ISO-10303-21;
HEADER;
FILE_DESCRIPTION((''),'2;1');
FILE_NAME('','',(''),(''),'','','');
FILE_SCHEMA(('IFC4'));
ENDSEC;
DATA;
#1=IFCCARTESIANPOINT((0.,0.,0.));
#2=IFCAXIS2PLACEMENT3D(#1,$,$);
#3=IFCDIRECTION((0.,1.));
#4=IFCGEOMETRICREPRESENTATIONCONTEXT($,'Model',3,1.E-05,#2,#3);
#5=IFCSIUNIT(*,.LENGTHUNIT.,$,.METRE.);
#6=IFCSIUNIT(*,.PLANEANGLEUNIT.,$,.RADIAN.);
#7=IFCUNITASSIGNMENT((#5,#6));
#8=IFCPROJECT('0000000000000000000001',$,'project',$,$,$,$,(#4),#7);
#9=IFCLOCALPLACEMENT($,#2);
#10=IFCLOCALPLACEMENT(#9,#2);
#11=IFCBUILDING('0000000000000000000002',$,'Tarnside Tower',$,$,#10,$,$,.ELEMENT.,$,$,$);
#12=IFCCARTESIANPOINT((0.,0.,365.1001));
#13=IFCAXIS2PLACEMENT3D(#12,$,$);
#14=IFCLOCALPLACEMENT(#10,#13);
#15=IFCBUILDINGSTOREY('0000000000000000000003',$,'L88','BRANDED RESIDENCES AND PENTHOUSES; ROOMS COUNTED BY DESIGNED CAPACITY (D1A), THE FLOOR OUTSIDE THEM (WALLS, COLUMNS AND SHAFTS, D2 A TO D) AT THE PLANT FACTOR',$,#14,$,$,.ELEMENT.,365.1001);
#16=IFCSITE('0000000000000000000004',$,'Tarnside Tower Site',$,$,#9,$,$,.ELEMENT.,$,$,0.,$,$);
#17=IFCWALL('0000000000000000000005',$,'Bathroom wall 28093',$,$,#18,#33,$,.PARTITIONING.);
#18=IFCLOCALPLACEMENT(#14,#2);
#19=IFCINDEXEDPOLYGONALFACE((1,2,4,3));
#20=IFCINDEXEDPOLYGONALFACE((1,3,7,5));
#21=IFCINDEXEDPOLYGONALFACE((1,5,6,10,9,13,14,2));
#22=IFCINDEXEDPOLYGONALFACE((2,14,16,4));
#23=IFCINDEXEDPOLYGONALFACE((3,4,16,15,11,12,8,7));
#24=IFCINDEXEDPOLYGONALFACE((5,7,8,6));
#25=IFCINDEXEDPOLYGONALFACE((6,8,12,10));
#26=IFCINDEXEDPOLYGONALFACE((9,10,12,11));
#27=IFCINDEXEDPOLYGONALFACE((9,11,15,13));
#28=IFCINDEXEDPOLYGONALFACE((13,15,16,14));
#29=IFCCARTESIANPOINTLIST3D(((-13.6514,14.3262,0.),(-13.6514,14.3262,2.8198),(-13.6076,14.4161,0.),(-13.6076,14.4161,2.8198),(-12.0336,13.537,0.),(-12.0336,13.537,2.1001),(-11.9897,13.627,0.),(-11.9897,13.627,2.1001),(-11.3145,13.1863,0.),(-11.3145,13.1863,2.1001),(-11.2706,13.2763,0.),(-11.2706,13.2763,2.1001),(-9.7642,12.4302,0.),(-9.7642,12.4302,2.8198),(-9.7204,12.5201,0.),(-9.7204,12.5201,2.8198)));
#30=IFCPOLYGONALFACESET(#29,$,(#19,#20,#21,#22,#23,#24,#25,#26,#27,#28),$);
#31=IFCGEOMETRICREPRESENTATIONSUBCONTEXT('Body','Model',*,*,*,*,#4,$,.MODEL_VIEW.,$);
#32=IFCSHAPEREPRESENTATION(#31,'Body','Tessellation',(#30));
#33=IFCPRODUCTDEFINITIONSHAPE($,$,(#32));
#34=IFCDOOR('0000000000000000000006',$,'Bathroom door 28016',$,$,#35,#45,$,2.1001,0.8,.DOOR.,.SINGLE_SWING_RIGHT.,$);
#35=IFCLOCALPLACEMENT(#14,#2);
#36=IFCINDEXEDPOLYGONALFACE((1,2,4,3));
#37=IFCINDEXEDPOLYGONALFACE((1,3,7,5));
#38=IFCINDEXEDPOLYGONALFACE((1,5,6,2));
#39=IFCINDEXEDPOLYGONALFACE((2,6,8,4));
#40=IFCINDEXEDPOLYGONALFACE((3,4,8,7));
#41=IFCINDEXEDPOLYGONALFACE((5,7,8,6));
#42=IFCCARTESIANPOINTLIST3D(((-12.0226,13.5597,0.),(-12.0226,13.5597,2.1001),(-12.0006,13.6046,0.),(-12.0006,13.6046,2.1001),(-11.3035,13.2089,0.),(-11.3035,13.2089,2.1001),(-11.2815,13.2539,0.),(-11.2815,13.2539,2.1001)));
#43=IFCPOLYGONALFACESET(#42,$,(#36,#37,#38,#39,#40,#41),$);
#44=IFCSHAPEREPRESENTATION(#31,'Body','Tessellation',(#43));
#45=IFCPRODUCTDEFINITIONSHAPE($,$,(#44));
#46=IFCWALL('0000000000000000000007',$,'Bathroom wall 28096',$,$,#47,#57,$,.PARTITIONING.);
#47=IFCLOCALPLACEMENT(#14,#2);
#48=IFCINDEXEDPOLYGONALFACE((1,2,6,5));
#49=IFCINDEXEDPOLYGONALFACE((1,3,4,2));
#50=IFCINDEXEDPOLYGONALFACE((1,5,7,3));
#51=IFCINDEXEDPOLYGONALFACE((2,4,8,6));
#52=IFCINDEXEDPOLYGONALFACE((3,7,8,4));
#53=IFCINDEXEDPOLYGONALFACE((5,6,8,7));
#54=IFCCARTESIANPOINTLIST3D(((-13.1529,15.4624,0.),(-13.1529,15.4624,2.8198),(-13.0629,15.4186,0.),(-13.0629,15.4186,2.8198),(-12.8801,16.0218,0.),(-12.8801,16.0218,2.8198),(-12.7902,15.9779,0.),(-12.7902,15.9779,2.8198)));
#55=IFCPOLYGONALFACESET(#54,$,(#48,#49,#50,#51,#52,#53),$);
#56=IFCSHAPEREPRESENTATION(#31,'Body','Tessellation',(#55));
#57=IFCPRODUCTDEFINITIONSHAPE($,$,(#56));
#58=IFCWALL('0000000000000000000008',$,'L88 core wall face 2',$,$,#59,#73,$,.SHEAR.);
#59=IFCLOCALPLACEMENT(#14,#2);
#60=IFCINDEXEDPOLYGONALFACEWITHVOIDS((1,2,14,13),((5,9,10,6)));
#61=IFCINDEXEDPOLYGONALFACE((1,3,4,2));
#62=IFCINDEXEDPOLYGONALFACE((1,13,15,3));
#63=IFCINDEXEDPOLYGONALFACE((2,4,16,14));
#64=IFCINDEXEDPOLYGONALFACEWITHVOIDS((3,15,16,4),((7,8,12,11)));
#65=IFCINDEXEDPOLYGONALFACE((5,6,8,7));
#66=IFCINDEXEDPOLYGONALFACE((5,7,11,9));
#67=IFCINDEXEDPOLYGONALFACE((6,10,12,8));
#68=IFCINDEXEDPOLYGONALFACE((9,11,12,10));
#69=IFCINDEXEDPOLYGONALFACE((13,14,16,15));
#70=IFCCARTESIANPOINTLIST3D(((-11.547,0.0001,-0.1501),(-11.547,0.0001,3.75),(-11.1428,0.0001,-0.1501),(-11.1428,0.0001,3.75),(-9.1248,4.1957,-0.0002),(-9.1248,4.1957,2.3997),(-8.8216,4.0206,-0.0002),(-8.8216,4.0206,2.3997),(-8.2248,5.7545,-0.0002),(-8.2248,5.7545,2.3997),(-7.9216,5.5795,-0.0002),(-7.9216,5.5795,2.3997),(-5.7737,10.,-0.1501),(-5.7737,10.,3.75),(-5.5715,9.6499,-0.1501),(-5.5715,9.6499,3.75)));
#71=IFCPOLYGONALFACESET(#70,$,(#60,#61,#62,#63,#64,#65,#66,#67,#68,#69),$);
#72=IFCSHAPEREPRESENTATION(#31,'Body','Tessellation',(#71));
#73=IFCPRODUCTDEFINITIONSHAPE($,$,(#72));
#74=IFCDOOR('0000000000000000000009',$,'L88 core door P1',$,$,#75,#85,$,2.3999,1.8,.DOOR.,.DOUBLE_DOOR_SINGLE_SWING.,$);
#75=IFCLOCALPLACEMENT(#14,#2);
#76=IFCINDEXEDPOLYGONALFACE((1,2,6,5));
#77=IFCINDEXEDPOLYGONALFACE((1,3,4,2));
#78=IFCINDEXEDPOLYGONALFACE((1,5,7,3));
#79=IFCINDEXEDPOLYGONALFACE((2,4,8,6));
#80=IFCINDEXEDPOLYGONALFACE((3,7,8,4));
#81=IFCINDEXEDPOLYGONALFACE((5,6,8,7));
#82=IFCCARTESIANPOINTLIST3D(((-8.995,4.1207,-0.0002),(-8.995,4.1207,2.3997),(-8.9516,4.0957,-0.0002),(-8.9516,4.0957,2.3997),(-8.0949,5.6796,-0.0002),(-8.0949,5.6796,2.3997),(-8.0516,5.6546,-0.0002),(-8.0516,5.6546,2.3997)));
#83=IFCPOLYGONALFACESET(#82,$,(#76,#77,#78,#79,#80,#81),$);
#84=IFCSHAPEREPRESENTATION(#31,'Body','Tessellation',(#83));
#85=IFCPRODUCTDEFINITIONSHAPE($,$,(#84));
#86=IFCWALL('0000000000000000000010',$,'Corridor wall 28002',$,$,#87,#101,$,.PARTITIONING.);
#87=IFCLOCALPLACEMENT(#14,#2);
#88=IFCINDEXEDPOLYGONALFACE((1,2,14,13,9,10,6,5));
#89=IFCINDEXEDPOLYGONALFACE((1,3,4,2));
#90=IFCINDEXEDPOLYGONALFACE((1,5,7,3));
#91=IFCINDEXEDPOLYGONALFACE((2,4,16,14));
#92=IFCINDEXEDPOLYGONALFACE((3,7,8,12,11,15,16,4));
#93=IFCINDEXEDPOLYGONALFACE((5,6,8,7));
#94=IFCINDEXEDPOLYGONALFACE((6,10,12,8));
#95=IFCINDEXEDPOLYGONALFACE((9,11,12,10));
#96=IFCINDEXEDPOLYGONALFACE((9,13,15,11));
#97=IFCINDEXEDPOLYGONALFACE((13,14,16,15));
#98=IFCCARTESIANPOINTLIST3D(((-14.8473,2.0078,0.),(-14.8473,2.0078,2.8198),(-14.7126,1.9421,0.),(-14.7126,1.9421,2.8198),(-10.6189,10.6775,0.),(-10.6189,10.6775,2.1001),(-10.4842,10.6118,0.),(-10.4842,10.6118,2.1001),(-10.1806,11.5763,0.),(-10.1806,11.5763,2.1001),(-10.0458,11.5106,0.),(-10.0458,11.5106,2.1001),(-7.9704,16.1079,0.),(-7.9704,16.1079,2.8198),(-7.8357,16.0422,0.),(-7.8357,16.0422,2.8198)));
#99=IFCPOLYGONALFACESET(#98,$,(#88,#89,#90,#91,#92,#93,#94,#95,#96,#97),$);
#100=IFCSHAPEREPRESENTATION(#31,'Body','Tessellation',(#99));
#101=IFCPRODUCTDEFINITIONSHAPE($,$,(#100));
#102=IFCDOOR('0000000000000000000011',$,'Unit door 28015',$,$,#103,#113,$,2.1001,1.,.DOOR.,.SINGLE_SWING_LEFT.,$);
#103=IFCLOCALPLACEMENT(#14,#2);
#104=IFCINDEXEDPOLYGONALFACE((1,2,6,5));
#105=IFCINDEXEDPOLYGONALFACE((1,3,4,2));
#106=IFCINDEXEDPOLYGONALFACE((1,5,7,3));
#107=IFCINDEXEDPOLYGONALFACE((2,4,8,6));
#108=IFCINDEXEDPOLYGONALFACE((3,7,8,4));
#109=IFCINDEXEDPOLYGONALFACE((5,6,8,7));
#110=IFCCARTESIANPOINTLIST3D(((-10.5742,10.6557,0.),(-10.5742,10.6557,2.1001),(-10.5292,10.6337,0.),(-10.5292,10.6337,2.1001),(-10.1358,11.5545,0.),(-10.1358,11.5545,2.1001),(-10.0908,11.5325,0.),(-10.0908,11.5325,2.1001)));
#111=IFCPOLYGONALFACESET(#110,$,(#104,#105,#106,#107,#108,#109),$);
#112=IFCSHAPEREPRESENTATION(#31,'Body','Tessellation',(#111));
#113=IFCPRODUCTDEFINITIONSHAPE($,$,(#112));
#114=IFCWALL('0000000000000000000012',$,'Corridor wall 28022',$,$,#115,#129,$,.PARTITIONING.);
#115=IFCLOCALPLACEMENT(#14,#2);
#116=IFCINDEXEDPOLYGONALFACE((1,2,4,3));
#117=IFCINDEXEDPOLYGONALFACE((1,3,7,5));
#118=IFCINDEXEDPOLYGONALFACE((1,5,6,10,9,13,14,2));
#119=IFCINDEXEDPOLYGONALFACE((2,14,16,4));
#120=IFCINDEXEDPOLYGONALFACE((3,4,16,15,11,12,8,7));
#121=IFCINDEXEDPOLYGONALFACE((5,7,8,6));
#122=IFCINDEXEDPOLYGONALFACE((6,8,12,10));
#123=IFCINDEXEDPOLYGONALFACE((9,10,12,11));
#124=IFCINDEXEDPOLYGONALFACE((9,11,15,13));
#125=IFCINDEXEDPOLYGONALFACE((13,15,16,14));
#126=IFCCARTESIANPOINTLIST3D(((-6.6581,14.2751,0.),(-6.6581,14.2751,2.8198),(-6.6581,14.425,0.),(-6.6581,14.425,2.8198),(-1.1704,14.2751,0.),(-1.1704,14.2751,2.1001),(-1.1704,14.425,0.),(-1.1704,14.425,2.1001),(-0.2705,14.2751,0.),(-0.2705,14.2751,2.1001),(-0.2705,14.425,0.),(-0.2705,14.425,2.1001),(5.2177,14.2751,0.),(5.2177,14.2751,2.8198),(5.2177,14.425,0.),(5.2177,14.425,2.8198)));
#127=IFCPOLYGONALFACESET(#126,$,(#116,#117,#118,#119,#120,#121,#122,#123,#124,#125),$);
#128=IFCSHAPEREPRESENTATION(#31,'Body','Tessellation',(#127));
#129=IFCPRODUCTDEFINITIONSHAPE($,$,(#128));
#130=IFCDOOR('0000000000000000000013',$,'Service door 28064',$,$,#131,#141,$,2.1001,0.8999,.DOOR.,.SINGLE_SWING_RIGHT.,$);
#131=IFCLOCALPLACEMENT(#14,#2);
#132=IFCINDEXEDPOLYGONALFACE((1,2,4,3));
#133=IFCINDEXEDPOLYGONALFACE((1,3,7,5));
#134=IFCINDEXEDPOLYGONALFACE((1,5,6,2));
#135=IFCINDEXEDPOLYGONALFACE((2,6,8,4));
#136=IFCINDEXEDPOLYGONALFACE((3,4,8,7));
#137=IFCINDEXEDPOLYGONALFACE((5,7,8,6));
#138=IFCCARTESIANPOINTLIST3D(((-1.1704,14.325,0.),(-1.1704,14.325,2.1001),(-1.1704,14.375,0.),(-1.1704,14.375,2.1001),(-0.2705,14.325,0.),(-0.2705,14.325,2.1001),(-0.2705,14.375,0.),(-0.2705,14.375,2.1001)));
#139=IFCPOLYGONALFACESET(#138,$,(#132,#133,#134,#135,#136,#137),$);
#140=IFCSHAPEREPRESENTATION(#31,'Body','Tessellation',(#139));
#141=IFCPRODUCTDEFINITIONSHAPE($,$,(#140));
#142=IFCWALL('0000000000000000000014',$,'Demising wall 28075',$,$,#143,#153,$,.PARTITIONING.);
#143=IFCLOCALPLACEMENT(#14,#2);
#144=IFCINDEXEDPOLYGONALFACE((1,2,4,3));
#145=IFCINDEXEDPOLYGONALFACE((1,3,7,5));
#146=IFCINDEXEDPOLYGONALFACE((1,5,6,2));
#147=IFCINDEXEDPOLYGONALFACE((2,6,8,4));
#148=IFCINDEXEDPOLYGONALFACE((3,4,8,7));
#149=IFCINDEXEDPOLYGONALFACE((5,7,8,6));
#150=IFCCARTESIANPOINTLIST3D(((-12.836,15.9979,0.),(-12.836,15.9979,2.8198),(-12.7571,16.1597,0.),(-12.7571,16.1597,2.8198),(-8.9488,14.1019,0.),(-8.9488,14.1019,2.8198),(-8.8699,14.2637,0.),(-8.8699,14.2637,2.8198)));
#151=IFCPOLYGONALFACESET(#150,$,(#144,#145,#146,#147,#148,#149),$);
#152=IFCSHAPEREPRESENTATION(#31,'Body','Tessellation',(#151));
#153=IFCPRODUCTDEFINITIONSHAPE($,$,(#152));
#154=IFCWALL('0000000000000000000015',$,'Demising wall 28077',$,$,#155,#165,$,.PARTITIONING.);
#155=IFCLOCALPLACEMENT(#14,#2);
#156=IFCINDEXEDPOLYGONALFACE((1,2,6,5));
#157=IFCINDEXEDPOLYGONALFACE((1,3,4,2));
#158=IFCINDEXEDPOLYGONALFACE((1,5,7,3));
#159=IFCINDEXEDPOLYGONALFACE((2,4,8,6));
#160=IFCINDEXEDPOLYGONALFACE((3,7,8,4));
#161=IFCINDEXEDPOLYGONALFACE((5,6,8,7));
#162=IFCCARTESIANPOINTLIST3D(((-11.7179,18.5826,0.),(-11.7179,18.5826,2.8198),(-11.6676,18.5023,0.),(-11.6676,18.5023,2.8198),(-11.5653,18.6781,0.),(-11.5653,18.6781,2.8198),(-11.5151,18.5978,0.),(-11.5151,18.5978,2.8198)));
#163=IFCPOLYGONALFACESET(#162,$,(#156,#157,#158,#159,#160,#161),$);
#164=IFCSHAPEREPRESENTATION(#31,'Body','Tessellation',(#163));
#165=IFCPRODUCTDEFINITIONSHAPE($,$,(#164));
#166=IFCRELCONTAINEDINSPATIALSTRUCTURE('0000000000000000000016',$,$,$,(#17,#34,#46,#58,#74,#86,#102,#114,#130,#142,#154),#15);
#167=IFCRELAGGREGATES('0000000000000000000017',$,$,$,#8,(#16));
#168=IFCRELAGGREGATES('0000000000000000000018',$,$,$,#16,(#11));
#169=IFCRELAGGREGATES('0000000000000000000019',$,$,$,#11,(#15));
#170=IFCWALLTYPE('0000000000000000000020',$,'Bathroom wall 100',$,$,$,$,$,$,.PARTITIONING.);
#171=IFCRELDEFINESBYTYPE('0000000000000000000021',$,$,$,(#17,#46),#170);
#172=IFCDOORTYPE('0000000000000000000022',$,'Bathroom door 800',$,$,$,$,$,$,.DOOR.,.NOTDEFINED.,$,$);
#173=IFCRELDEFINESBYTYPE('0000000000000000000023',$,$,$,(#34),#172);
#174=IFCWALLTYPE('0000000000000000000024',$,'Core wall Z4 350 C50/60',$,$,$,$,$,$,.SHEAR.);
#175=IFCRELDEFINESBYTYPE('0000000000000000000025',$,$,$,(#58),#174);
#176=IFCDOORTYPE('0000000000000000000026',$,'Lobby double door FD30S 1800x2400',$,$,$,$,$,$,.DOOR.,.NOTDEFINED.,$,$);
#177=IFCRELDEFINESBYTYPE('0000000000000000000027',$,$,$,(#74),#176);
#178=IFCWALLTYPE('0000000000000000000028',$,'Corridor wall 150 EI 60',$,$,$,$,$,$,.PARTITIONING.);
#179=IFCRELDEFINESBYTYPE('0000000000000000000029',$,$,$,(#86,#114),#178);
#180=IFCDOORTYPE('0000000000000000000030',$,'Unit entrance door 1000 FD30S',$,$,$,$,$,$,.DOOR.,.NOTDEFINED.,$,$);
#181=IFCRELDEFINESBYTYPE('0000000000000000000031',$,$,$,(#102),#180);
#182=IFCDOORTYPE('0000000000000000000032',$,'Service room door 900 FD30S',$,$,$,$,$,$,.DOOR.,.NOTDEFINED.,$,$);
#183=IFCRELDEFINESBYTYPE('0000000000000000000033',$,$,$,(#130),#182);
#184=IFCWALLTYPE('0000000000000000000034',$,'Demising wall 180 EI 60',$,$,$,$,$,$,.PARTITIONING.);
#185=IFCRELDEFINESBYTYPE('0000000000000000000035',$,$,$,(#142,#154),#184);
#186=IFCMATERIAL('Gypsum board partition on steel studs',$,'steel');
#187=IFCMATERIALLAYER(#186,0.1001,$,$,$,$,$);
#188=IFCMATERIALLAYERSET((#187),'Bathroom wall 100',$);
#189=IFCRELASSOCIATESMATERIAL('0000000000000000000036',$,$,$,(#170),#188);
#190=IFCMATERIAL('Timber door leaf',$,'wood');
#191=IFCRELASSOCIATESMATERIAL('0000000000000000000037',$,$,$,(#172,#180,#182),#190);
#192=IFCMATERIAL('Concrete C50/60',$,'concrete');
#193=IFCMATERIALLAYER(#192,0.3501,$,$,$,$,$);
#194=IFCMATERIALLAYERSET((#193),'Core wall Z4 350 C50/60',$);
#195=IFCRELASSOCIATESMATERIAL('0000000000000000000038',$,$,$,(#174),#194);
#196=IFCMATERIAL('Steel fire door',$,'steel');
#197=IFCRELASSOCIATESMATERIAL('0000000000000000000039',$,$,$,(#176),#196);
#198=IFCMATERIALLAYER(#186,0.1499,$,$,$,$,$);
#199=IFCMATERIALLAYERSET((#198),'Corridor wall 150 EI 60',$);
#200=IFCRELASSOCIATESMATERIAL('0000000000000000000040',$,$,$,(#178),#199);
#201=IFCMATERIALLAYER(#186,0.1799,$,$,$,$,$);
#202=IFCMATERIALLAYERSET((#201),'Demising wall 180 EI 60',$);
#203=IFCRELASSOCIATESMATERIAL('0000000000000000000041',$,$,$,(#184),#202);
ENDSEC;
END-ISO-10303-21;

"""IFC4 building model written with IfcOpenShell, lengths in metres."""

from ifc_helpers import new_model, si_unit, direction, frame, frame_2d, origin, place, context, subcontext, project, spatial, polyline, rectangle, outline, extrude, material, layer, layer_set, type_object, element, fill, save


model = new_model("IFC4")

# Units and contexts
model_context = context("Model", 3, precision=1e-05, world=origin(), true_north=direction((0.0, 1.0)))
body_context = subcontext(model_context, "Body", "Model", "MODEL_VIEW")
ifc_project = project(units=[si_unit("LENGTHUNIT", "METRE"), si_unit("PLANEANGLEUNIT", "RADIAN")], contexts=[model_context])

# Site, building, storey
site_placement = place(None, origin())
site = spatial("IfcSite", under=ifc_project, at=site_placement, Name="Tarnside Tower Site", CompositionType="ELEMENT", RefElevation=0.0)
building_placement = place(site_placement, origin())
building = spatial("IfcBuilding", under=site, at=building_placement, Name="Tarnside Tower", CompositionType="ELEMENT")
storey_placement = place(building_placement, frame((0.0, 0.0, 365.1001)))
storey = spatial("IfcBuildingStorey", under=building, at=storey_placement, Name="L88", Description="BRANDED RESIDENCES AND PENTHOUSES; ROOMS COUNTED BY DESIGNED CAPACITY (D1A), THE FLOOR OUTSIDE THEM (WALLS, COLUMNS AND SHAFTS, D2 A TO D) AT THE PLANT FACTOR", CompositionType="ELEMENT", Elevation=365.1001)

# Shared definitions
ifc_material_1 = material(Name="Gypsum board partition on steel studs", Category="steel")
ifc_layer_1 = layer(ifc_material_1, 0.1001)
ifc_layer_set_1 = layer_set([ifc_layer_1], Name="Bathroom wall 100")
wall_type_1 = type_object("IfcWallType", Name="Bathroom wall 100", PredefinedType="PARTITIONING", material=ifc_layer_set_1)

# Wall, opening, door
wall_1_placement = place(storey_placement, frame((-9.7422, 12.4751, 0.0), z_axis=(0.0, 0.0, 1.0), x_axis=(-0.898787, 0.438386, 0.0)))
wall_1 = element("IfcWall", 1, at=wall_1_placement, inside=storey, type_object=wall_type_1, Name="Bathroom wall 28093", PredefinedType="PARTITIONING", context=body_context, shape_type="SweptSolid", body=[
    extrude(rectangle(XDim=4.325, YDim=0.1001, at=frame_2d((2.1626, 0.0))), origin(), (0.0, 0.0, 1.0), 2.8198),
])
opening_1_placement = place(wall_1_placement, frame((1.7251, 0.0, 0.0)))
opening_1 = element("IfcOpeningElement", 2, at=opening_1_placement, cuts=wall_1, PredefinedType="OPENING", context=body_context, shape_type="SweptSolid", body=[
    extrude(rectangle(XDim=0.8, YDim=2.1001, at=frame_2d((0.3999, 1.05))), frame((0.0, 0.0601, 0.0), z_axis=(0.0, -1.0, 0.0), x_axis=(1.0, 0.0, 0.0)), (0.0, 0.0, 1.0), 0.1201),
])
ifc_material_2 = material(Name="Timber door leaf", Category="wood")
door_type_1 = type_object("IfcDoorType", Name="Bathroom door 800", OperationType="NOTDEFINED", PredefinedType="DOOR", material=ifc_material_2)
door_1_placement = place(opening_1_placement, origin())
door_1 = element("IfcDoor", 3, at=door_1_placement, inside=storey, type_object=door_type_1, Name="Bathroom door 28016", OperationType="SINGLE_SWING_RIGHT", OverallHeight=2.1001, OverallWidth=0.8, PredefinedType="DOOR", context=body_context, shape_type="SweptSolid", body=[
    extrude(rectangle(XDim=0.8, YDim=2.1001, at=frame_2d((0.3999, 1.05))), frame((0.0, 0.0249, 0.0), z_axis=(0.0, -1.0, 0.0), x_axis=(1.0, 0.0, 0.0)), (0.0, 0.0, 1.0), 0.05),
])
fill(opening_1, door_1)

# Wall
wall_2_placement = place(storey_placement, frame((-12.8352, 15.9998, 0.0), z_axis=(0.0, 0.0, 1.0), x_axis=(-0.438246, -0.898855, 0.0)))
element("IfcWall", 4, at=wall_2_placement, inside=storey, type_object=wall_type_1, Name="Bathroom wall 28096", PredefinedType="PARTITIONING", context=body_context, shape_type="SweptSolid", body=[
    extrude(rectangle(XDim=0.6223, YDim=0.1001, at=frame_2d((0.311, 0.0))), origin(), (0.0, 0.0, 1.0), 2.8198),
])

# Walls, openings, doors
ifc_material_3 = material(Name="Concrete C50/60", Category="concrete")
ifc_layer_2 = layer(ifc_material_3, 0.3501)
ifc_layer_set_2 = layer_set([ifc_layer_2], Name="Core wall Z4 350 C50/60")
wall_type_2 = type_object("IfcWallType", Name="Core wall Z4 350 C50/60", PredefinedType="SHEAR", material=ifc_layer_set_2)
wall_3_placement = place(storey_placement, frame((-5.6726, 9.825, -0.1501), z_axis=(0.0, 0.0, 1.0), x_axis=(-0.499995, -0.866028, 0.0)))
wall_3 = element("IfcWall", 5, at=wall_3_placement, inside=storey, type_object=wall_type_2, Name="L88 core wall face 2", PredefinedType="SHEAR", context=body_context, shape_type="SweptSolid", body=[
    extrude(outline(polyline([(-0.1011, -0.175), (11.4458, -0.175), (11.2437, 0.175), (0.1011, 0.175), (-0.1011, -0.175)])), origin(), (0.0, 0.0, 1.0), 3.9001),
])
opening_2_placement = place(wall_3_placement, frame((4.8013, 0.0, 0.1499)))
opening_2 = element("IfcOpeningElement", 6, at=opening_2_placement, cuts=wall_3, PredefinedType="OPENING", context=body_context, shape_type="SweptSolid", body=[
    extrude(rectangle(XDim=1.8, YDim=2.3999, at=frame_2d((0.8999, 1.2))), frame((0.0, 0.1851, 0.0), z_axis=(0.0, -1.0, 0.0), x_axis=(1.0, 0.0, 0.0)), (0.0, 0.0, 1.0), 0.3701),
])
ifc_material_4 = material(Name="Steel fire door", Category="steel")
door_type_2 = type_object("IfcDoorType", Name="Lobby double door FD30S 1800x2400", OperationType="NOTDEFINED", PredefinedType="DOOR", material=ifc_material_4)
door_2_placement = place(opening_2_placement, origin())
door_2 = element("IfcDoor", 7, at=door_2_placement, inside=storey, type_object=door_type_2, Name="L88 core door P1", OperationType="DOUBLE_DOOR_SINGLE_SWING", OverallHeight=2.3999, OverallWidth=1.8, PredefinedType="DOOR", context=body_context, shape_type="SweptSolid", body=[
    extrude(rectangle(XDim=1.8, YDim=2.3999, at=frame_2d((0.8999, 1.2))), frame((0.0, 0.0249, 0.0), z_axis=(0.0, -1.0, 0.0), x_axis=(1.0, 0.0, 0.0)), (0.0, 0.0, 1.0), 0.05),
])
fill(opening_2, door_2)
ifc_layer_3 = layer(ifc_material_1, 0.1499)
ifc_layer_set_3 = layer_set([ifc_layer_3], Name="Corridor wall 150 EI 60")
wall_type_3 = type_object("IfcWallType", Name="Corridor wall 150 EI 60", PredefinedType="PARTITIONING", material=ifc_layer_set_3)
wall_4_placement = place(storey_placement, frame((-7.9031, 16.075, 0.0), z_axis=(0.0, 0.0, 1.0), x_axis=(-0.438365, -0.898797, 0.0)))
wall_4 = element("IfcWall", 8, at=wall_4_placement, inside=storey, type_object=wall_type_3, Name="Corridor wall 28002", PredefinedType="PARTITIONING", context=body_context, shape_type="SweptSolid", body=[
    extrude(rectangle(XDim=15.6877, YDim=0.1499, at=frame_2d((7.8438, 0.0))), origin(), (0.0, 0.0, 1.0), 2.8198),
])
opening_3_placement = place(wall_4_placement, frame((5.0417, 0.0, 0.0)))
opening_3 = element("IfcOpeningElement", 9, at=opening_3_placement, cuts=wall_4, PredefinedType="OPENING", context=body_context, shape_type="SweptSolid", body=[
    extrude(rectangle(XDim=1.0, YDim=2.1001, at=frame_2d((0.5, 1.05))), frame((0.0, 0.085, 0.0), z_axis=(0.0, -1.0, 0.0), x_axis=(1.0, 0.0, 0.0)), (0.0, 0.0, 1.0), 0.1699),
])
door_type_3 = type_object("IfcDoorType", Name="Unit entrance door 1000 FD30S", OperationType="NOTDEFINED", PredefinedType="DOOR", material=ifc_material_2)
door_3_placement = place(opening_3_placement, origin())
door_3 = element("IfcDoor", 10, at=door_3_placement, inside=storey, type_object=door_type_3, Name="Unit door 28015", OperationType="SINGLE_SWING_LEFT", OverallHeight=2.1001, OverallWidth=1.0, PredefinedType="DOOR", context=body_context, shape_type="SweptSolid", body=[
    extrude(rectangle(XDim=1.0, YDim=2.1001, at=frame_2d((0.5, 1.05))), frame((0.0, 0.0249, 0.0), z_axis=(0.0, -1.0, 0.0), x_axis=(1.0, 0.0, 0.0)), (0.0, 0.0, 1.0), 0.05),
])
fill(opening_3, door_3)
wall_5_placement = place(storey_placement, frame((-6.6582, 14.3501, 0.0), z_axis=(0.0, 0.0, 1.0), x_axis=(1.0, 0.0, 0.0)))
wall_5 = element("IfcWall", 11, at=wall_5_placement, inside=storey, type_object=wall_type_3, Name="Corridor wall 28022", PredefinedType="PARTITIONING", context=body_context, shape_type="SweptSolid", body=[
    extrude(rectangle(XDim=11.8757, YDim=0.1499, at=frame_2d((5.938, 0.0))), origin(), (0.0, 0.0, 1.0), 2.8198),
])
opening_4_placement = place(wall_5_placement, frame((5.4878, 0.0, 0.0)))
opening_4 = element("IfcOpeningElement", 12, at=opening_4_placement, cuts=wall_5, PredefinedType="OPENING", context=body_context, shape_type="SweptSolid", body=[
    extrude(rectangle(XDim=0.8999, YDim=2.1001, at=frame_2d((0.45, 1.05))), frame((0.0, 0.085, 0.0), z_axis=(0.0, -1.0, 0.0), x_axis=(1.0, 0.0, 0.0)), (0.0, 0.0, 1.0), 0.1699),
])
door_type_4 = type_object("IfcDoorType", Name="Service room door 900 FD30S", OperationType="NOTDEFINED", PredefinedType="DOOR", material=ifc_material_2)
door_4_placement = place(opening_4_placement, origin())
door_4 = element("IfcDoor", 13, at=door_4_placement, inside=storey, type_object=door_type_4, Name="Service door 28064", OperationType="SINGLE_SWING_RIGHT", OverallHeight=2.1001, OverallWidth=0.8999, PredefinedType="DOOR", context=body_context, shape_type="SweptSolid", body=[
    extrude(rectangle(XDim=0.8999, YDim=2.1001, at=frame_2d((0.45, 1.05))), frame((0.0, 0.0249, 0.0), z_axis=(0.0, -1.0, 0.0), x_axis=(1.0, 0.0, 0.0)), (0.0, 0.0, 1.0), 0.05),
])
fill(opening_4, door_4)

# Walls
ifc_layer_4 = layer(ifc_material_1, 0.1799)
ifc_layer_set_4 = layer_set([ifc_layer_4], Name="Demising wall 180 EI 60")
wall_type_4 = type_object("IfcWallType", Name="Demising wall 180 EI 60", PredefinedType="PARTITIONING", material=ifc_layer_set_4)
wall_6_placement = place(storey_placement, frame((-12.7966, 16.0789, 0.0), z_axis=(0.0, 0.0, 1.0), x_axis=(0.898787, -0.438386, 0.0)))
element("IfcWall", 14, at=wall_6_placement, inside=storey, type_object=wall_type_4, Name="Demising wall 28075", PredefinedType="PARTITIONING", context=body_context, shape_type="SweptSolid", body=[
    extrude(rectangle(XDim=4.325, YDim=0.1799, at=frame_2d((2.1626, 0.0))), origin(), (0.0, 0.0, 1.0), 2.8198),
])
wall_7_placement = place(storey_placement, frame((-11.6416, 18.6304, 0.0), z_axis=(0.0, 0.0, 1.0), x_axis=(0.530693, -0.847564, 0.0)))
element("IfcWall", 15, at=wall_7_placement, inside=storey, type_object=wall_type_4, Name="Demising wall 28077", PredefinedType="PARTITIONING", context=body_context, shape_type="SweptSolid", body=[
    extrude(rectangle(XDim=0.0947, YDim=0.1799, at=frame_2d((0.0474, 0.0))), origin(), (0.0, 0.0, 1.0), 2.8198),
])

save(model, "model.ifc")
